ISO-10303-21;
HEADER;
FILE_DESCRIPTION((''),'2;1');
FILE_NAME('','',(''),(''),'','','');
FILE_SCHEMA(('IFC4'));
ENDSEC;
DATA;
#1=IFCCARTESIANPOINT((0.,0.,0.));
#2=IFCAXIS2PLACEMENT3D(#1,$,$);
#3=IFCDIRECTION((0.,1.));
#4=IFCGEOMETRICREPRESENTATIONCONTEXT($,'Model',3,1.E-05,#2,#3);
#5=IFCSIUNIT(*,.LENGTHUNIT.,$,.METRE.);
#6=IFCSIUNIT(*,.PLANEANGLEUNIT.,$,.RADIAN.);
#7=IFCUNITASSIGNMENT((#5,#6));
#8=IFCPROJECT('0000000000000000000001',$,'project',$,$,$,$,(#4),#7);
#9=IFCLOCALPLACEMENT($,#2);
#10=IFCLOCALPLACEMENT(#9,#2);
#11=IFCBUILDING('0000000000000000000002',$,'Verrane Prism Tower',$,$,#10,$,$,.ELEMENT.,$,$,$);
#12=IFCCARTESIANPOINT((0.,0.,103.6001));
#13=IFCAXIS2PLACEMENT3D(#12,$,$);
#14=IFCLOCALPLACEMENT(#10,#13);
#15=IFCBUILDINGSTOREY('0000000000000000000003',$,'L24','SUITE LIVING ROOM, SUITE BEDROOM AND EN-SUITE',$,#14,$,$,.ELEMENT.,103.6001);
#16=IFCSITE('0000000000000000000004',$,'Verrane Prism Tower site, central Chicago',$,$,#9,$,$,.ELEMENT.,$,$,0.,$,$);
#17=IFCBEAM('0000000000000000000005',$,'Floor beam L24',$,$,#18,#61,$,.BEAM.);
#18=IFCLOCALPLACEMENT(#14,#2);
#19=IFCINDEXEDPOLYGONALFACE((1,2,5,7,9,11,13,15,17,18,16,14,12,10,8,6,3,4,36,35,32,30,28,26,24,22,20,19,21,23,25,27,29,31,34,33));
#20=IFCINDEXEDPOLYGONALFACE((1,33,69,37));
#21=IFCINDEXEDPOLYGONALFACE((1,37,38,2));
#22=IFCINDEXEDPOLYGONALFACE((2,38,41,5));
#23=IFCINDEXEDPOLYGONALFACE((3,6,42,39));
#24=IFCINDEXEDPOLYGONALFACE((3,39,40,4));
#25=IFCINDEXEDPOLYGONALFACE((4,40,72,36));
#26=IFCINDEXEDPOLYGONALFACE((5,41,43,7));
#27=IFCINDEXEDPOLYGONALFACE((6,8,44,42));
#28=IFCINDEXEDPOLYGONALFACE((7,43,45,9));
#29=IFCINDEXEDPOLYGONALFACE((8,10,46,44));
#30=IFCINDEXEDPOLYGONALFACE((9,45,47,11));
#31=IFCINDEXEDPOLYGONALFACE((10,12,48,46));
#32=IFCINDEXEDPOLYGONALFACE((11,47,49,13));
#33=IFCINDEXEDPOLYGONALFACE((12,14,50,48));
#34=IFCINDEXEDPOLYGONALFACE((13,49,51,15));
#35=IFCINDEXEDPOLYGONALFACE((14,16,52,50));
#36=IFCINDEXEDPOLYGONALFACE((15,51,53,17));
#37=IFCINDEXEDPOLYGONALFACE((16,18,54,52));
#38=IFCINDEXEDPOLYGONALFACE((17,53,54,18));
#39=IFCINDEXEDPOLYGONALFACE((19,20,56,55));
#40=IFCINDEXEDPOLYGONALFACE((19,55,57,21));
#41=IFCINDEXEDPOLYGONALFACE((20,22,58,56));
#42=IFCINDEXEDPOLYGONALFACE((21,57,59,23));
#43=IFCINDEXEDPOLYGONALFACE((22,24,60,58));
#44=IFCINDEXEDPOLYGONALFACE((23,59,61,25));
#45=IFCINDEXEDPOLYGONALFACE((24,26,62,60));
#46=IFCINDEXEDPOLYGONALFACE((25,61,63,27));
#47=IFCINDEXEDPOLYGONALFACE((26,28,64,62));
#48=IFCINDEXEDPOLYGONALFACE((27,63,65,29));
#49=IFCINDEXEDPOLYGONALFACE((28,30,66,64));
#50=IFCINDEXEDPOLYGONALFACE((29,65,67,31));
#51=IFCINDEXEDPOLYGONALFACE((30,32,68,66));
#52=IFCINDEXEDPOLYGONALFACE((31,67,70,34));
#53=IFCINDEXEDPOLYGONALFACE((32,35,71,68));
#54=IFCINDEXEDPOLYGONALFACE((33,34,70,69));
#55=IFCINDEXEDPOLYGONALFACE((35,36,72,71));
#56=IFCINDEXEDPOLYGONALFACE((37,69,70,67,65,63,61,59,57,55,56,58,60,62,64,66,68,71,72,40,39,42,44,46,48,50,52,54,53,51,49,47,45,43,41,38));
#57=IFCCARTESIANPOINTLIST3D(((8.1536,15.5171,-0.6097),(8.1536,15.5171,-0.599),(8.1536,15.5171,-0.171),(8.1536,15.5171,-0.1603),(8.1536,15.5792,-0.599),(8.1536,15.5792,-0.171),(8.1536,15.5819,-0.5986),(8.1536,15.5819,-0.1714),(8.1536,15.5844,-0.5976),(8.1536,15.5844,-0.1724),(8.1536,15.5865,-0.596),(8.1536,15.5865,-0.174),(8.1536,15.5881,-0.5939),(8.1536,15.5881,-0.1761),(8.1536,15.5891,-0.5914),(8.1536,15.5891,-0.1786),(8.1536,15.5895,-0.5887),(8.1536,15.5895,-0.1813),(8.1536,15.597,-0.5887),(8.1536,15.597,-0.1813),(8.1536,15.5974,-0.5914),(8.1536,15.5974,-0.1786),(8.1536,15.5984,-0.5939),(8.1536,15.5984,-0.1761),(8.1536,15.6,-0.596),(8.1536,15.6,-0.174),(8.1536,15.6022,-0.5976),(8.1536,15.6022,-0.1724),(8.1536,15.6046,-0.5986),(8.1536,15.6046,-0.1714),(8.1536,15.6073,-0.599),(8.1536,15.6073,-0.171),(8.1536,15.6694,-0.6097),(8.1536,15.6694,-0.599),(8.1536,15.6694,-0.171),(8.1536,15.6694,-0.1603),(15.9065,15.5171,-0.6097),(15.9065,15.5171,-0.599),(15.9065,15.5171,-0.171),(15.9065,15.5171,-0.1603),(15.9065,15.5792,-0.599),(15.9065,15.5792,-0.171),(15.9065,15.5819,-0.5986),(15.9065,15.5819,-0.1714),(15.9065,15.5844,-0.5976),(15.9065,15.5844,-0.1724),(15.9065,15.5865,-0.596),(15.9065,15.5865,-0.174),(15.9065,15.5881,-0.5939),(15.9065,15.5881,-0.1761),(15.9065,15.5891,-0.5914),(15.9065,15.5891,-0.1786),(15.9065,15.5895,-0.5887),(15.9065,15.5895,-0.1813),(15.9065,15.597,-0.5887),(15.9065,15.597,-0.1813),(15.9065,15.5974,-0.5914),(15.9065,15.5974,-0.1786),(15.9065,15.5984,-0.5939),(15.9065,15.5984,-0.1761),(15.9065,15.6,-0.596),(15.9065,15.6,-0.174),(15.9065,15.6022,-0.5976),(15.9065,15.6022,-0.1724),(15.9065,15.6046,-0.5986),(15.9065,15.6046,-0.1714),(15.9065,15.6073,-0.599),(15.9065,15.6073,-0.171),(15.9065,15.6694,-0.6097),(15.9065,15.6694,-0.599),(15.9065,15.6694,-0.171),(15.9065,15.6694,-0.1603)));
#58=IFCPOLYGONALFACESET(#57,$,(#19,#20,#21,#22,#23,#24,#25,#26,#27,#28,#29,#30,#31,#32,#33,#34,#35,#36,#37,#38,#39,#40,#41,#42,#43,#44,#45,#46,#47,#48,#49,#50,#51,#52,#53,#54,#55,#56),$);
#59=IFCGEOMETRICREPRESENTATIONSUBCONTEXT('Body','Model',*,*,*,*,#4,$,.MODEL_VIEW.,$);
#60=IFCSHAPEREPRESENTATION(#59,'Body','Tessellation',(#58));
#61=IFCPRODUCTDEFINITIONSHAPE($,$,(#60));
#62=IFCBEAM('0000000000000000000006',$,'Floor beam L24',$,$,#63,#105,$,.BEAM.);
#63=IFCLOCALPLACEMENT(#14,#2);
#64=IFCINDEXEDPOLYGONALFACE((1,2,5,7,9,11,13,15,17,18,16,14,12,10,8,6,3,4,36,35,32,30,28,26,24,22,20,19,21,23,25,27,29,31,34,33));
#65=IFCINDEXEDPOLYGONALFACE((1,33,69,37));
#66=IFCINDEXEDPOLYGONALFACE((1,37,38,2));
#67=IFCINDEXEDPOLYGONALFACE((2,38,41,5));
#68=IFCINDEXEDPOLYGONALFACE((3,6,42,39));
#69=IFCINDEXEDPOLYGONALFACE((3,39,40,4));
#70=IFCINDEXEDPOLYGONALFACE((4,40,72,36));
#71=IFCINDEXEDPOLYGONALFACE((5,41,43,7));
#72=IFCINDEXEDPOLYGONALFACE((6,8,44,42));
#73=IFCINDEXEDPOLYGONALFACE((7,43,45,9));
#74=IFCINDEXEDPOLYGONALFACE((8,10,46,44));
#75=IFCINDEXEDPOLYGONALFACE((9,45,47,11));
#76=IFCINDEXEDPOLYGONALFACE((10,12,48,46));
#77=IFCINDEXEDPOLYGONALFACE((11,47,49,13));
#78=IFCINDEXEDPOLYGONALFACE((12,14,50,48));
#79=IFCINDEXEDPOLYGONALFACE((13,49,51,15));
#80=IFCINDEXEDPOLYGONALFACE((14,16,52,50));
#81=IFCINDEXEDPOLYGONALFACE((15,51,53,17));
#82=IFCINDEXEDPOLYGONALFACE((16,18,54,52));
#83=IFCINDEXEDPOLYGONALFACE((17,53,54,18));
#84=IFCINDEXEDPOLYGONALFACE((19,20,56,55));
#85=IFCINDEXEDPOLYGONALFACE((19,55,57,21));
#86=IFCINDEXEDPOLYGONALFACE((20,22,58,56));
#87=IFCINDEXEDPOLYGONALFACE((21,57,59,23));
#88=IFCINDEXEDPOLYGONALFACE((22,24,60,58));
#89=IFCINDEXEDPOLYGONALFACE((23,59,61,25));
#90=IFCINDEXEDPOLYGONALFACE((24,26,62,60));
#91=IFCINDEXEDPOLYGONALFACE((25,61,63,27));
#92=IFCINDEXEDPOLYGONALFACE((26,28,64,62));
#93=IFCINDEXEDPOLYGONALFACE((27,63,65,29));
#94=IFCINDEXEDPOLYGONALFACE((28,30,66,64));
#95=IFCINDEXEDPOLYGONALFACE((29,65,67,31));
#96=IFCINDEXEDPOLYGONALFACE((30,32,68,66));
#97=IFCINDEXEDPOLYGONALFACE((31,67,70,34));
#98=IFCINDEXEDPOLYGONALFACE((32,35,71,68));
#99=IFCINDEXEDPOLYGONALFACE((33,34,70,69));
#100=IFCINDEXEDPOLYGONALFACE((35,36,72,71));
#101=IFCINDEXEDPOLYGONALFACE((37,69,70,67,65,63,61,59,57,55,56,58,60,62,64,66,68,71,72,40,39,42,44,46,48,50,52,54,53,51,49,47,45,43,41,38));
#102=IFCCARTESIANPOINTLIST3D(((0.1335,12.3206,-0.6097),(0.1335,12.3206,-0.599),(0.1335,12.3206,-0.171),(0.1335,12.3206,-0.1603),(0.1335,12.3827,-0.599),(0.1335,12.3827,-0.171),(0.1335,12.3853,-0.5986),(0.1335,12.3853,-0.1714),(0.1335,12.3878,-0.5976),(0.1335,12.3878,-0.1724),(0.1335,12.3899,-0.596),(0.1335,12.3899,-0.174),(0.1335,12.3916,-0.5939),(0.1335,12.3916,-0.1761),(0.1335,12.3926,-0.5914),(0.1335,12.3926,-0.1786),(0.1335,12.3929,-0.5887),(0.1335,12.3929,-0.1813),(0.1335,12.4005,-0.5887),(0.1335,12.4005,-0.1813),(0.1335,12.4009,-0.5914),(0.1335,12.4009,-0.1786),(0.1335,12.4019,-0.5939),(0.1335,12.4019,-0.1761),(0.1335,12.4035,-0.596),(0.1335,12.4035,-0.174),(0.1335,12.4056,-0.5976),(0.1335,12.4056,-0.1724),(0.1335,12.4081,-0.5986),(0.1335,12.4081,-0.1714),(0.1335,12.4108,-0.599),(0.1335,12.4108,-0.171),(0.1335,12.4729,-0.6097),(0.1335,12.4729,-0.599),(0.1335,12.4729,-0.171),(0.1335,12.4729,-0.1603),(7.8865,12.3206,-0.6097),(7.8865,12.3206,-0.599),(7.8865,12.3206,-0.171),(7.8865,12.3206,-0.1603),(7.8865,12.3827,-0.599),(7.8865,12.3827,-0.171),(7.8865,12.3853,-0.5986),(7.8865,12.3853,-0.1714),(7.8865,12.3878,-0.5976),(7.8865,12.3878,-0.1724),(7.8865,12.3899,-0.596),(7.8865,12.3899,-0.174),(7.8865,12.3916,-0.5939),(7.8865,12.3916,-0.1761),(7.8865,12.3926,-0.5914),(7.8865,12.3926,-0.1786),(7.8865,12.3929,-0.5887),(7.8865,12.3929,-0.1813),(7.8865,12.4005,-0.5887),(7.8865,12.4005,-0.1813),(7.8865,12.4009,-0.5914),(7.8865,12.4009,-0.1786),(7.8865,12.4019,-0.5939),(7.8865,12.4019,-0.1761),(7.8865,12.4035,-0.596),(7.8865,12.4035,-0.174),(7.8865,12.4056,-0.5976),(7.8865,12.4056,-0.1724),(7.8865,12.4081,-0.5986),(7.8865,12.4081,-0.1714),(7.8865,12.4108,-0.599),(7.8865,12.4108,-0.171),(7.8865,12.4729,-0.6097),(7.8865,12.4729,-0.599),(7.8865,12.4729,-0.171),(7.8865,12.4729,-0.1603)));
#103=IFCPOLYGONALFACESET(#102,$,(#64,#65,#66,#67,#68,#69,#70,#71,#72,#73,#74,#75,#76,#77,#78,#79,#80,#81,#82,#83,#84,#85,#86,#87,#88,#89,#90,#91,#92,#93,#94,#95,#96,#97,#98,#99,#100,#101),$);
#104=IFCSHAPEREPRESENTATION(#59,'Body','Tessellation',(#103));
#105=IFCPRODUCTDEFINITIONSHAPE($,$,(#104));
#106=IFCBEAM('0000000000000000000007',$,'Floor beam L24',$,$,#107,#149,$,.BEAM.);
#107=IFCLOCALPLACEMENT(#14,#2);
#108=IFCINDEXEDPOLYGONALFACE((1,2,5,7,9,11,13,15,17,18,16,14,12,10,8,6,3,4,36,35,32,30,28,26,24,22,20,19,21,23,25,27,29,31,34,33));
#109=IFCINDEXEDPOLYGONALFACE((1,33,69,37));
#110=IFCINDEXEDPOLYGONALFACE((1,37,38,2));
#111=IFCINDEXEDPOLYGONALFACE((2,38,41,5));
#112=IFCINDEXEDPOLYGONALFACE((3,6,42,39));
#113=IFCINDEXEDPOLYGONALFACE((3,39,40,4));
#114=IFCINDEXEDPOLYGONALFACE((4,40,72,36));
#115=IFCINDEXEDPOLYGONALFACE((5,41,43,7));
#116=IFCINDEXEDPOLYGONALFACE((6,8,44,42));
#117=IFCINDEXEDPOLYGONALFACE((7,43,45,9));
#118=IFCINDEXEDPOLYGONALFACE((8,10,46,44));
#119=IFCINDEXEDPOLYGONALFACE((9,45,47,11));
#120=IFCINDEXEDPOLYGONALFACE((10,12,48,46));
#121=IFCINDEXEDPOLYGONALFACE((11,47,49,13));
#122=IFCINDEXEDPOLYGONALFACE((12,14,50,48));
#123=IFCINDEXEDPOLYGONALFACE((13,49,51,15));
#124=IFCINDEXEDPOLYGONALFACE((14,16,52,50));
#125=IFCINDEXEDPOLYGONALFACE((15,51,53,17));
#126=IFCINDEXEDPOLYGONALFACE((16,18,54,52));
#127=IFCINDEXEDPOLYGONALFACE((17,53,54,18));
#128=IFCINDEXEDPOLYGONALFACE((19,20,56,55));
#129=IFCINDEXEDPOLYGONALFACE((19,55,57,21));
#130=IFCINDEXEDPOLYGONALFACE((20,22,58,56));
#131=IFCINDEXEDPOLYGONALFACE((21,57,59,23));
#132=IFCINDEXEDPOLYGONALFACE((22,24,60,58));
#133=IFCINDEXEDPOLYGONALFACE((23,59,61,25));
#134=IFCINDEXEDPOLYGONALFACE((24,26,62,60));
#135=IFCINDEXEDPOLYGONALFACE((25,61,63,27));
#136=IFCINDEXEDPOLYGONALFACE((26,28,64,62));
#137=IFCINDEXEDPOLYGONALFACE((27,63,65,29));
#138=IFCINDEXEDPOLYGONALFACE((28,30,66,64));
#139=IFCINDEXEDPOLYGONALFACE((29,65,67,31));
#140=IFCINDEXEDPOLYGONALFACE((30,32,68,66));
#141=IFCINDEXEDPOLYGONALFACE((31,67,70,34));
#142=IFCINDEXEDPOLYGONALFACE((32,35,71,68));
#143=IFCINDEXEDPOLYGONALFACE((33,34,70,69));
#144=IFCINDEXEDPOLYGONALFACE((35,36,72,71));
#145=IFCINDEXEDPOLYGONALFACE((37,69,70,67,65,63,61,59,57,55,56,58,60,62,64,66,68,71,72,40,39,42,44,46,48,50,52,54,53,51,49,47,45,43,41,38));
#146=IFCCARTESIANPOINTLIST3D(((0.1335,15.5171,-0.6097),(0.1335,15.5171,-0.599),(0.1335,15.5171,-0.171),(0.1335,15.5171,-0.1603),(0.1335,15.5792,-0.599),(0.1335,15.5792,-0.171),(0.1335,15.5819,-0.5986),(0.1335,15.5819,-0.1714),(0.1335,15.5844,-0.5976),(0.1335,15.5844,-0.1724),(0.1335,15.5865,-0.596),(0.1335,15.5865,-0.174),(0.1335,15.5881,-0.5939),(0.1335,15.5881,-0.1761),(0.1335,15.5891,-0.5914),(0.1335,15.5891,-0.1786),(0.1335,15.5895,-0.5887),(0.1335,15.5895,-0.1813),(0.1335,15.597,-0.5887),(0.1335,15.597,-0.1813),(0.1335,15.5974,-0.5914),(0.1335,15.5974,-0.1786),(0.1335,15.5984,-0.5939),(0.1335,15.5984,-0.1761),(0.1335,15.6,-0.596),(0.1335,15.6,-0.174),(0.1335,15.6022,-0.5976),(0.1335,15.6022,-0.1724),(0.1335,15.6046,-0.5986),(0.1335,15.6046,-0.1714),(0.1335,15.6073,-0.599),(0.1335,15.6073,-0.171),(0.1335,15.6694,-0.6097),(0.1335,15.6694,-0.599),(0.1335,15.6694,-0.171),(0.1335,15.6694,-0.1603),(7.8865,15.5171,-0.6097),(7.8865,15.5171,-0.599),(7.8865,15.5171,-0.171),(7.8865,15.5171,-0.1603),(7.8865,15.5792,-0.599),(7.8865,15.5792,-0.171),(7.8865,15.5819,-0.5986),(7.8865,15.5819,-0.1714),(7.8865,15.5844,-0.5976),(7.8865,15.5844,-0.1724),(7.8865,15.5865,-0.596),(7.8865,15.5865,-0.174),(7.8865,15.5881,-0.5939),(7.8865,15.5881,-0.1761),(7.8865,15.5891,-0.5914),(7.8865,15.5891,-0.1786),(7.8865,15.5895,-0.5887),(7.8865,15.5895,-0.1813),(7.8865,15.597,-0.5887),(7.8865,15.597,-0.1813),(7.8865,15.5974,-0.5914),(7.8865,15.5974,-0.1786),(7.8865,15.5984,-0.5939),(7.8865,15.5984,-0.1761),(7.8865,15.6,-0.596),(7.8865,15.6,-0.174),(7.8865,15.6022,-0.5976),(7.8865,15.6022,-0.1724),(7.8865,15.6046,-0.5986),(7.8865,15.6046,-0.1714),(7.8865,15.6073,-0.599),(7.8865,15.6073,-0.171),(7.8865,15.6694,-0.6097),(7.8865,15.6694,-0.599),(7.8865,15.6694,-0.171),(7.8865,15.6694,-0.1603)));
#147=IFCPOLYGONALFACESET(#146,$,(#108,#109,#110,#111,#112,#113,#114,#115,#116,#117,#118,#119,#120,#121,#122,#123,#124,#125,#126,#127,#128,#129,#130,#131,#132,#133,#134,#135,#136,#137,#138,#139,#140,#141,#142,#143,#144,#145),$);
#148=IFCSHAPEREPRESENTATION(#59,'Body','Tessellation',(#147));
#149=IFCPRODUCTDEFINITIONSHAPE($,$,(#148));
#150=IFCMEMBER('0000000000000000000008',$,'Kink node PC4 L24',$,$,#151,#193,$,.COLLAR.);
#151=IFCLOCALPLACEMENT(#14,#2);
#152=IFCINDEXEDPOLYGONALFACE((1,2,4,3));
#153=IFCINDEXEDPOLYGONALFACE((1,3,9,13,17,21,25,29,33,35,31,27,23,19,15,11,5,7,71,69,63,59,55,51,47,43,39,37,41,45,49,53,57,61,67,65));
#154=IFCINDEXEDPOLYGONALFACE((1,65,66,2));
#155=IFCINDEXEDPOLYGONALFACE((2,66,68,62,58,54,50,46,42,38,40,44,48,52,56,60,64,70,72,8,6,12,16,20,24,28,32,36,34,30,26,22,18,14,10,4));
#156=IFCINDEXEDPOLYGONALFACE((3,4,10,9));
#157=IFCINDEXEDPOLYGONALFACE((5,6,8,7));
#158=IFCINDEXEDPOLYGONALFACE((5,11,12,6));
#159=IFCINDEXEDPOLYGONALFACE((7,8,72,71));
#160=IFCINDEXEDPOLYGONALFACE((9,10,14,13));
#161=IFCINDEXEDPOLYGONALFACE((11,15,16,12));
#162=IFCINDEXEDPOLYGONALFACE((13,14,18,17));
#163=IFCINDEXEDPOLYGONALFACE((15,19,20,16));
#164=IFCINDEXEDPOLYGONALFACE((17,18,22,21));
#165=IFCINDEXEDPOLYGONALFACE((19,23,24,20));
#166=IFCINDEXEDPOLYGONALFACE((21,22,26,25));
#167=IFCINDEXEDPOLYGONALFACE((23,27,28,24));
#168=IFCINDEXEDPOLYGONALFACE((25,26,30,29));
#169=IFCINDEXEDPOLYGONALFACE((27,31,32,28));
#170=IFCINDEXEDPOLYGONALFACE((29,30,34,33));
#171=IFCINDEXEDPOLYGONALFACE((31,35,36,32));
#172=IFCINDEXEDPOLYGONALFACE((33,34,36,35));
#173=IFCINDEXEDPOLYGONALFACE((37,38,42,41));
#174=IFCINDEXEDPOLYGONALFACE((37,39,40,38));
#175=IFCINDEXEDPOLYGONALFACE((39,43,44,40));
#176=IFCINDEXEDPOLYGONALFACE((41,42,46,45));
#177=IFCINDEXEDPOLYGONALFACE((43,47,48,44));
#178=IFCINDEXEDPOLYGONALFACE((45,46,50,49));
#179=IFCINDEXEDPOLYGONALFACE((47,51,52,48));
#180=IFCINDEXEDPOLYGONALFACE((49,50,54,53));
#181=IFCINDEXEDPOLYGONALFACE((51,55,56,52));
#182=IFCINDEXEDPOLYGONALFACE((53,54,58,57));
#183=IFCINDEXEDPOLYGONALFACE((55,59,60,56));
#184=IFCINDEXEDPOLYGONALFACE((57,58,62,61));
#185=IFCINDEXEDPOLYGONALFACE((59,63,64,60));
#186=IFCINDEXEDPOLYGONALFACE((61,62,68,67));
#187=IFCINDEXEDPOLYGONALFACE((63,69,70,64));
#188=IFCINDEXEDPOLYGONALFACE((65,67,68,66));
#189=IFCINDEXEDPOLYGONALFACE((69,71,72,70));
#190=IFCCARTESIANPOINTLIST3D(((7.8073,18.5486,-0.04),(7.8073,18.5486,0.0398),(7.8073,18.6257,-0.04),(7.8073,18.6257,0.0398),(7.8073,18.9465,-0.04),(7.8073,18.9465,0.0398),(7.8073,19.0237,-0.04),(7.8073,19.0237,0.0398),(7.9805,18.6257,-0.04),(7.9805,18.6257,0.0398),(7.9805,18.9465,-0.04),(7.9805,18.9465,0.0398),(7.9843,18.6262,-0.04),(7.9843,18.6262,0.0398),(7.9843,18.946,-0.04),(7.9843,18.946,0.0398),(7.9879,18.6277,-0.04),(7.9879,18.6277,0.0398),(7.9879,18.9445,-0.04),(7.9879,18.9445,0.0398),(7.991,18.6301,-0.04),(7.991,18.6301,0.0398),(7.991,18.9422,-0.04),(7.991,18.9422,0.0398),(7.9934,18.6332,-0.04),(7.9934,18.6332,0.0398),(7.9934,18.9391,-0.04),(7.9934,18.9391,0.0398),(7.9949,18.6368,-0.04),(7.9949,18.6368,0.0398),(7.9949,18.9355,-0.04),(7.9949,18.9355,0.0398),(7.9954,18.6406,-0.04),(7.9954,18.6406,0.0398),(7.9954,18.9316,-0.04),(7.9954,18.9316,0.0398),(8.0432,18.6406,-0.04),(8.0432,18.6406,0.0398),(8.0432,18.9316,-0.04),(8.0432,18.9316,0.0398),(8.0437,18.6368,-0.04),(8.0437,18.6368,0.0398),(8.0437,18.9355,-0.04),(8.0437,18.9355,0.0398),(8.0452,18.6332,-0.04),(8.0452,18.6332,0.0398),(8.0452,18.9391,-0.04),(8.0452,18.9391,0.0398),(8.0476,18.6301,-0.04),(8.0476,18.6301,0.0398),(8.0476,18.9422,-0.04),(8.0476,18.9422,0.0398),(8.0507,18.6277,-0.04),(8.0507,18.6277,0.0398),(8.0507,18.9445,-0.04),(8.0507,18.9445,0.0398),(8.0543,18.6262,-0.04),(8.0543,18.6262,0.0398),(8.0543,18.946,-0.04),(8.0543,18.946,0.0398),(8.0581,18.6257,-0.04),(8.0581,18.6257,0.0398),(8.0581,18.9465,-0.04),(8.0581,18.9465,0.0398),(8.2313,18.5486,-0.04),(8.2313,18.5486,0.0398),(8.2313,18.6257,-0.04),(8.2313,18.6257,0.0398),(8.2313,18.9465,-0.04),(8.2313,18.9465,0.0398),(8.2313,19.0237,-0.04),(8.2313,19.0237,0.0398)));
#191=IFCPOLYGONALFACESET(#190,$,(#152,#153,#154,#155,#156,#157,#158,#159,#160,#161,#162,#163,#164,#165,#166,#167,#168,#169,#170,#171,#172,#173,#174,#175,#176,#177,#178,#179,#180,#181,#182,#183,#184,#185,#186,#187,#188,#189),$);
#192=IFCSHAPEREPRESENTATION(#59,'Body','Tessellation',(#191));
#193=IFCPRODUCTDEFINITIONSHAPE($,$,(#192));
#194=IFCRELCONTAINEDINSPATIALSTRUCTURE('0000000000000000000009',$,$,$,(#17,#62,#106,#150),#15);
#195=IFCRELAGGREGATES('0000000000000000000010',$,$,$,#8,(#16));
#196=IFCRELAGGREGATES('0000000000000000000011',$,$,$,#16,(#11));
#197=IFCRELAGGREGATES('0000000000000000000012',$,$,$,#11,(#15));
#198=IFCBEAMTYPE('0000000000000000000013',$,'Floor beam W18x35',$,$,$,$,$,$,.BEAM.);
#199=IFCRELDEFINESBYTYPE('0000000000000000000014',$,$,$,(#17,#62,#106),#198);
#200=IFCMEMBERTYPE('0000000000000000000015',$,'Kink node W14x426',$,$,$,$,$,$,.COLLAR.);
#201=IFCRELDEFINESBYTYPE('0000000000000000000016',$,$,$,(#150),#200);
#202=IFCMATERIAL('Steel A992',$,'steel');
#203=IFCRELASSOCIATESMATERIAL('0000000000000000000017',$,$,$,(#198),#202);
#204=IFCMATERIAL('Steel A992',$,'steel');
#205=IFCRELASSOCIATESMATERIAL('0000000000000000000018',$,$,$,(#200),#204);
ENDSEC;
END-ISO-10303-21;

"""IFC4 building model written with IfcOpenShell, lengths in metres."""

from ifc_helpers import new_model, si_unit, direction, frame, origin, origin_2d, place, context, subcontext, project, spatial, i_section, extrude, material, material_profile, profile_set, type_object, element, save


model = new_model("IFC4")

# Units and contexts
model_context = context("Model", 3, precision=1e-05, world=origin(), true_north=direction((0.0, 1.0)))
body_context = subcontext(model_context, "Body", "Model", "MODEL_VIEW")
ifc_project = project(units=[si_unit("LENGTHUNIT", "METRE"), si_unit("PLANEANGLEUNIT", "RADIAN")], contexts=[model_context])

# Site, building, storey
site_placement = place(None, origin())
site = spatial("IfcSite", under=ifc_project, at=site_placement, Name="Verrane Prism Tower site, central Chicago", CompositionType="ELEMENT", RefElevation=0.0)
building_placement = place(site_placement, origin())
building = spatial("IfcBuilding", under=site, at=building_placement, Name="Verrane Prism Tower", CompositionType="ELEMENT")
storey_placement = place(building_placement, frame((0.0, 0.0, 103.6001)))
storey = spatial("IfcBuildingStorey", under=building, at=storey_placement, Name="L24", Description="SUITE LIVING ROOM, SUITE BEDROOM AND EN-SUITE", CompositionType="ELEMENT", Elevation=103.6001)

# Beams
ifc_material_1 = material(Name="Steel A992", Category="steel")
ifc_material_profile_1 = material_profile(ifc_material_1, i_section(OverallWidth=0.1523, OverallDepth=0.4495, WebThickness=0.0076, FlangeThickness=0.0107, FilletRadius=0.0103, at=origin_2d()), Name="W18x35")
ifc_profile_set_1 = profile_set([ifc_material_profile_1], Name="Steel A992")
beam_type_1 = type_object("IfcBeamType", Name="Floor beam W18x35", PredefinedType="BEAM", material=ifc_profile_set_1)
for number, where, z_axis, x_axis, name in (
    (1, (8.1536, 15.5933, -0.385), (1.0, 0.0, 0.0), (0.0, 1.0, 0.0), "Floor beam L24"),
    (2, (0.1335, 12.3967, -0.385), (1.0, 0.0, 0.0), (0.0, 1.0, 0.0), "Floor beam L24"),
    (3, (0.1335, 15.5933, -0.385), (1.0, 0.0, 0.0), (0.0, 1.0, 0.0), "Floor beam L24"),
):
    element("IfcBeam", number, at=place(storey_placement, frame(where, z_axis=z_axis, x_axis=x_axis)), inside=storey, type_object=beam_type_1, Name=name, PredefinedType="BEAM", context=body_context, shape_type="SweptSolid", body=[
        extrude(i_section(OverallWidth=0.1523, OverallDepth=0.4495, WebThickness=0.0076, FlangeThickness=0.0107, FilletRadius=0.0103, at=origin_2d()), origin(), (0.0, 0.0, 1.0), 7.7529),
    ])

# Member
ifc_material_2 = material(Name="Steel A992", Category="steel")
ifc_material_profile_2 = material_profile(ifc_material_2, i_section(OverallWidth=0.4241, OverallDepth=0.4751, WebThickness=0.0479, FlangeThickness=0.0771, FilletRadius=0.0149, at=origin_2d()), Name="W14x426")
ifc_profile_set_2 = profile_set([ifc_material_profile_2], Name="Steel A992")
member_type_1 = type_object("IfcMemberType", Name="Kink node W14x426", PredefinedType="COLLAR", material=ifc_profile_set_2)
member_1_placement = place(storey_placement, frame((8.0193, 18.7861, -0.04), z_axis=(0.0, 0.0, 1.0), x_axis=(1.0, 0.0, 0.0)))
element("IfcMember", 4, at=member_1_placement, inside=storey, type_object=member_type_1, Name="Kink node PC4 L24", PredefinedType="COLLAR", context=body_context, shape_type="SweptSolid", body=[
    extrude(i_section(OverallWidth=0.4241, OverallDepth=0.4751, WebThickness=0.0479, FlangeThickness=0.0771, FilletRadius=0.0149, at=origin_2d()), origin(), (0.0, 0.0, 1.0), 0.0798),
])

save(model, "model.ifc")
